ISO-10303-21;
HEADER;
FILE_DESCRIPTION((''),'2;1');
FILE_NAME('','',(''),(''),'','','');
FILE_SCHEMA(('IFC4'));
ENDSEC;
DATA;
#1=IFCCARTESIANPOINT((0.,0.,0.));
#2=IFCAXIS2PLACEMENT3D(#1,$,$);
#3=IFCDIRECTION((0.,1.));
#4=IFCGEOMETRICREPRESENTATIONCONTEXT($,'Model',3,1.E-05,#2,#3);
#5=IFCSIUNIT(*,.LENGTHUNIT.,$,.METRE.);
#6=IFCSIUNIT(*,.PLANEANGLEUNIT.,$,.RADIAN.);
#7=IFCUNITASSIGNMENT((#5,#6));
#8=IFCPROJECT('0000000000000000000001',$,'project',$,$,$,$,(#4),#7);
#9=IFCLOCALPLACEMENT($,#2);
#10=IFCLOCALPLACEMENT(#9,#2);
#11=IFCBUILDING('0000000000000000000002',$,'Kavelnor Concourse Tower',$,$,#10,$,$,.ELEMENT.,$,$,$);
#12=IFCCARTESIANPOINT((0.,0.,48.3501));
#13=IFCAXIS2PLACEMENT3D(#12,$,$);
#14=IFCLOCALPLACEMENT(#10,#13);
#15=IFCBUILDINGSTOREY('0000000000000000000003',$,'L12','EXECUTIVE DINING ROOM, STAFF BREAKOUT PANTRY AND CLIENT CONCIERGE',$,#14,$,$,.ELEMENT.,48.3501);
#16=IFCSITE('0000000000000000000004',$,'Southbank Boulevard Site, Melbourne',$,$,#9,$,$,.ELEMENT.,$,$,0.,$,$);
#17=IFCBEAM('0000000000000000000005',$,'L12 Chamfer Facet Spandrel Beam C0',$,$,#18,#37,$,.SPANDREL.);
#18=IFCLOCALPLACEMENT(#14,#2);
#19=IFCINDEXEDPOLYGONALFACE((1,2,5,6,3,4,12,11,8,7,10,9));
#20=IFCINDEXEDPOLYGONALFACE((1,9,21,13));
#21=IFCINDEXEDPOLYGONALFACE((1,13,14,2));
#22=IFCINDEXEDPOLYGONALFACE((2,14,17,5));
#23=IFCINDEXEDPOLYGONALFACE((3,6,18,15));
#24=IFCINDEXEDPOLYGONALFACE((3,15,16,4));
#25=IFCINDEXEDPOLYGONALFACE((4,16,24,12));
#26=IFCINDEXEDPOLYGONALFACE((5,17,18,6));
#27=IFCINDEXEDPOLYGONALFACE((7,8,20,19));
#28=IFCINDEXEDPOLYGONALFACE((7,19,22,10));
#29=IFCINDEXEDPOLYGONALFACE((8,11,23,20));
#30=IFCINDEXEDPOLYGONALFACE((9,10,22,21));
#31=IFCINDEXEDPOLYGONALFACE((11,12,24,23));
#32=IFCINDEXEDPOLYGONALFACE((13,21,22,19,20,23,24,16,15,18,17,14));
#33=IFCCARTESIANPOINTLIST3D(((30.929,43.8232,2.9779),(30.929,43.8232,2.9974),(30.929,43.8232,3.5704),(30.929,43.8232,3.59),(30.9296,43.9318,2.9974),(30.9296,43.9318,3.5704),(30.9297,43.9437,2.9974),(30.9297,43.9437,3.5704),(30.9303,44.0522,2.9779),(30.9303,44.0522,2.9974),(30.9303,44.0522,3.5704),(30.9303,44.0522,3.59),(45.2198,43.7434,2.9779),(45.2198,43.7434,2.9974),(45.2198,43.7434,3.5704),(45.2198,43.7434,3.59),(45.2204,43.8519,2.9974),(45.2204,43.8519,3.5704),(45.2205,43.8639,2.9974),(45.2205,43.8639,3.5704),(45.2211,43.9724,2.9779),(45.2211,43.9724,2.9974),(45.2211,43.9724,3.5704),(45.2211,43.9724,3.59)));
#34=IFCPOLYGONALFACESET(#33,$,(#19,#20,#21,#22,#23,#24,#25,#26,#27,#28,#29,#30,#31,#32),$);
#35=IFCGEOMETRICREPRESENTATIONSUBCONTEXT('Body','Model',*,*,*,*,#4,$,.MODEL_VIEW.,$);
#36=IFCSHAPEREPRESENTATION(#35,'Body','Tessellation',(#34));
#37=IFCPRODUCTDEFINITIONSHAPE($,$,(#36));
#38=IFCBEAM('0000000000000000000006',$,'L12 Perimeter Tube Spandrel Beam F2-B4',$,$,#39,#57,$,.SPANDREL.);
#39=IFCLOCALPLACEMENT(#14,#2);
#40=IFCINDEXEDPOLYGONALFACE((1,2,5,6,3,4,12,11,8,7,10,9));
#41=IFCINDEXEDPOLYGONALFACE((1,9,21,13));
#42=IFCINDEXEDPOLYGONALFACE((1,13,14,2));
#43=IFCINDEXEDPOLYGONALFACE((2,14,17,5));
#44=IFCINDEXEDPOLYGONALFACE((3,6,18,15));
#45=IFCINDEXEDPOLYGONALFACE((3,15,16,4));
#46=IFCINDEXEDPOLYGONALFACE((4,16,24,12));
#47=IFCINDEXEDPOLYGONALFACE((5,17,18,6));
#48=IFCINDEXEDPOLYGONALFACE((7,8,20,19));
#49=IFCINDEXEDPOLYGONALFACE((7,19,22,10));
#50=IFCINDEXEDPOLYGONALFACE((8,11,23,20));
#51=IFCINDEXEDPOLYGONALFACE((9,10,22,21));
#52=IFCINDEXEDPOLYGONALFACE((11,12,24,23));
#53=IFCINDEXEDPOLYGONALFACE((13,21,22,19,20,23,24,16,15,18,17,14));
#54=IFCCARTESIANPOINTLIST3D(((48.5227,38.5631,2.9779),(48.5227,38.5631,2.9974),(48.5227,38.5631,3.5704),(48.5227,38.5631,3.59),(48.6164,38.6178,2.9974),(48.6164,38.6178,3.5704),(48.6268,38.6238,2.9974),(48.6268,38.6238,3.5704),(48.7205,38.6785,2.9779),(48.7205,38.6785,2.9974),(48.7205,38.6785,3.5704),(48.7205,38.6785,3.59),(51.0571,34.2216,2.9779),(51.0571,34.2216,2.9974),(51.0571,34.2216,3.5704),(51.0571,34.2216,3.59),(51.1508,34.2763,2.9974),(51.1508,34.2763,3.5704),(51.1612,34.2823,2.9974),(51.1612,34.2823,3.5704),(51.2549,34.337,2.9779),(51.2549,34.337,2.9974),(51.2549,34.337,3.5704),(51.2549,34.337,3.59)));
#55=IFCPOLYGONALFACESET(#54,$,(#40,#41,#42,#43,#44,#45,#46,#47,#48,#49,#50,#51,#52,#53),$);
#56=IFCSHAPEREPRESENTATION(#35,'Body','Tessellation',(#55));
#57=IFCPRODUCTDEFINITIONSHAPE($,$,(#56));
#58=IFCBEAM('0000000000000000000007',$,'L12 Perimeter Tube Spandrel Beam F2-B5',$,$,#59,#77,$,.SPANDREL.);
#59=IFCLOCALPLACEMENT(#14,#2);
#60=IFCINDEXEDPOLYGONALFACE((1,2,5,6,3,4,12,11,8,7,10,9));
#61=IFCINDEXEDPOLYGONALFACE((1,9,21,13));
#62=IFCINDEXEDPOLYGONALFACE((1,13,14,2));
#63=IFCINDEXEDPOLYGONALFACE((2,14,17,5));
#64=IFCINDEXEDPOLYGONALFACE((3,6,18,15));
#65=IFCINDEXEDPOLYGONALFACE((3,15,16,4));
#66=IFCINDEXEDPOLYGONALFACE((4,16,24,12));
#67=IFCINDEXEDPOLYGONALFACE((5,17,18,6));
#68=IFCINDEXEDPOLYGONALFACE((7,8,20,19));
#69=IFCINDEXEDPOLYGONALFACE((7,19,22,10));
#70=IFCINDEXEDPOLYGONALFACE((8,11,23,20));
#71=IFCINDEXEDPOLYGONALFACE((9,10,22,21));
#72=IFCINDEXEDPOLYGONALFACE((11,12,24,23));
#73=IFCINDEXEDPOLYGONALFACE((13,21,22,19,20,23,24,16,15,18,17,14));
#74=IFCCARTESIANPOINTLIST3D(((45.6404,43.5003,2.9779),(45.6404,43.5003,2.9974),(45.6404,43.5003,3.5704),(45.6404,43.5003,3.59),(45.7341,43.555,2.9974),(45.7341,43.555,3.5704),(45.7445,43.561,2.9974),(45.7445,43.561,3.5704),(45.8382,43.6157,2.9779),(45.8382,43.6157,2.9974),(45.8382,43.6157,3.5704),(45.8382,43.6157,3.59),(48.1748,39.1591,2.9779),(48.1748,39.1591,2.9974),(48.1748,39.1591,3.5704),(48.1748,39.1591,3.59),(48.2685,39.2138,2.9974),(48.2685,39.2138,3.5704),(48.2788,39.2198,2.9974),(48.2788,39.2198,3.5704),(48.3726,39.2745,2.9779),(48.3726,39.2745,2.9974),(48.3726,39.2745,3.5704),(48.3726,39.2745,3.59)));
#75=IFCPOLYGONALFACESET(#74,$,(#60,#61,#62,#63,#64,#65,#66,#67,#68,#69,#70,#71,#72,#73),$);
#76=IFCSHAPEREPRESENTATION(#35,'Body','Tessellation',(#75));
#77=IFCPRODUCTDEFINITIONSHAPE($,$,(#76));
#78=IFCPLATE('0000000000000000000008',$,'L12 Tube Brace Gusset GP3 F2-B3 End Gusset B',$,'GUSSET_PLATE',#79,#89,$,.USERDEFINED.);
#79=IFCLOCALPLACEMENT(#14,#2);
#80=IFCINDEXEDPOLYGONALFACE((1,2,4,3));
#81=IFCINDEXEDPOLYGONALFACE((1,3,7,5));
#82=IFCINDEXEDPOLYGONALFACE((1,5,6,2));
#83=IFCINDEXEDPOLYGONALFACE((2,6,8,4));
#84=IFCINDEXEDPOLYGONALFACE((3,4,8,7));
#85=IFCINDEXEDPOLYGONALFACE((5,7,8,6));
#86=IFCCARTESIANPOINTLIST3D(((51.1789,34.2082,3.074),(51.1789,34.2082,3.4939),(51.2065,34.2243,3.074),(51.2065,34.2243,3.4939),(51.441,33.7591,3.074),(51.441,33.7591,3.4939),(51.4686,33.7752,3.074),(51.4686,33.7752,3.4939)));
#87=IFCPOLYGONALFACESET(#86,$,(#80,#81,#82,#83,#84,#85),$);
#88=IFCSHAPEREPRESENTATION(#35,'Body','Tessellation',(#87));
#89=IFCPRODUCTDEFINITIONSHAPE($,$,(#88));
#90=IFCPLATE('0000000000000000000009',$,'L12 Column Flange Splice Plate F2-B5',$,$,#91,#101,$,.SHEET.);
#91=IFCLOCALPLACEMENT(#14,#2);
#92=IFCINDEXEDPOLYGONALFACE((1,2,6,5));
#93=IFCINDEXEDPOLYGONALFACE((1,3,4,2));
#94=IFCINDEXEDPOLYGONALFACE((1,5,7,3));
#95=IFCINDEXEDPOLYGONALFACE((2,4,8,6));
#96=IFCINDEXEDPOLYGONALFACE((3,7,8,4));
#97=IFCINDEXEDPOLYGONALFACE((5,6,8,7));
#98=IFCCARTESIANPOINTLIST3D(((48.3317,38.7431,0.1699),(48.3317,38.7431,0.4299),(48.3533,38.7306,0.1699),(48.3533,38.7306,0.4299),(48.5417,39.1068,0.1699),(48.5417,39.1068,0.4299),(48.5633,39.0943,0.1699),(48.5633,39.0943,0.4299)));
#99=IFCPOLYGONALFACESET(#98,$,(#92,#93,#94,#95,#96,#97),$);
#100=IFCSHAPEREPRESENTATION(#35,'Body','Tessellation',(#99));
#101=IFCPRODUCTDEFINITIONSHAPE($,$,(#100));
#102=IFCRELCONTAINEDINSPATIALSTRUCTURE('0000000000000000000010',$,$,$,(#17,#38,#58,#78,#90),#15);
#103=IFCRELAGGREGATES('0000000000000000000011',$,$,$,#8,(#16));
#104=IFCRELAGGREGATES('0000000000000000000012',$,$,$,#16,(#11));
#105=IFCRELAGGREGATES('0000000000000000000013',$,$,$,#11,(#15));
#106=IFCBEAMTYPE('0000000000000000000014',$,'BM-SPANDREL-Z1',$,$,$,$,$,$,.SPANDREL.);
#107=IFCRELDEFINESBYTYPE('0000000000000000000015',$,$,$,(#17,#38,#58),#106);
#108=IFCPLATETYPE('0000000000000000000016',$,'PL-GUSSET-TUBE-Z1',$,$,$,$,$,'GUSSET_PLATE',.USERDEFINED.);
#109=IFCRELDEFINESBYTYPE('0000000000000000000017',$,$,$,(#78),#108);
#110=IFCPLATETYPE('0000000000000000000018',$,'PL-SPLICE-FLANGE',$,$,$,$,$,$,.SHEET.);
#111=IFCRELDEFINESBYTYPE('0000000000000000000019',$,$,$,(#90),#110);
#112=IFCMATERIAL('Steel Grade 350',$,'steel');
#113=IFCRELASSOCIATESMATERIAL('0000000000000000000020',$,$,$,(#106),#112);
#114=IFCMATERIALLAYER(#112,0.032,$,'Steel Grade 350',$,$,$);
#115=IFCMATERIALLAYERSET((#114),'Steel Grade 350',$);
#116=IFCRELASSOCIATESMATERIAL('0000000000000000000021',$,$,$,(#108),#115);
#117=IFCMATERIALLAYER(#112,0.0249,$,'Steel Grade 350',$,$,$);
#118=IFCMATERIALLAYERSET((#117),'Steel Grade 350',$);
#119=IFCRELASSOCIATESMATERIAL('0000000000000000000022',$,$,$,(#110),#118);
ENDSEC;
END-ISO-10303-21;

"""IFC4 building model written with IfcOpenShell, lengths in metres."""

from ifc_helpers import new_model, si_unit, direction, frame, origin, origin_2d, place, context, subcontext, project, spatial, rectangle, i_section, extrude, material, layer, layer_set, material_profile, profile_set, type_object, element, save


model = new_model("IFC4")

# Units and contexts
model_context = context("Model", 3, precision=1e-05, world=origin(), true_north=direction((0.0, 1.0)))
body_context = subcontext(model_context, "Body", "Model", "MODEL_VIEW")
ifc_project = project(units=[si_unit("LENGTHUNIT", "METRE"), si_unit("PLANEANGLEUNIT", "RADIAN")], contexts=[model_context])

# Site, building, storey
site_placement = place(None, origin())
site = spatial("IfcSite", under=ifc_project, at=site_placement, Name="Southbank Boulevard Site, Melbourne", CompositionType="ELEMENT", RefElevation=0.0)
building_placement = place(site_placement, origin())
building = spatial("IfcBuilding", under=site, at=building_placement, Name="Kavelnor Concourse Tower", CompositionType="ELEMENT")
storey_placement = place(building_placement, frame((0.0, 0.0, 48.3501)))
storey = spatial("IfcBuildingStorey", under=building, at=storey_placement, Name="L12", Description="EXECUTIVE DINING ROOM, STAFF BREAKOUT PANTRY AND CLIENT CONCIERGE", CompositionType="ELEMENT", Elevation=48.3501)

# Shared definitions
ifc_material_1 = material(Name="Steel Grade 350", Category="steel")

# Beams
ifc_material_profile_1 = material_profile(ifc_material_1, i_section(OverallWidth=0.229, OverallDepth=0.6121, WebThickness=0.012, FlangeThickness=0.0195, at=origin_2d()), Name="610UB125")
ifc_profile_set_1 = profile_set([ifc_material_profile_1], Name="Steel Grade 350")
beam_type_1 = type_object("IfcBeamType", Name="BM-SPANDREL-Z1", PredefinedType="SPANDREL", material=ifc_profile_set_1)
beam_1_placement = place(storey_placement, frame((45.2205, 43.8579, 3.2839), z_axis=(-0.999984, 0.005586, 0.0), x_axis=(-0.005586, -0.999984, 0.0)))
element("IfcBeam", 1, at=beam_1_placement, inside=storey, type_object=beam_type_1, Name="L12 Chamfer Facet Spandrel Beam C0", PredefinedType="SPANDREL", context=body_context, shape_type="SweptSolid", body=[
    extrude(i_section(OverallWidth=0.229, OverallDepth=0.6121, WebThickness=0.012, FlangeThickness=0.0195, at=origin_2d()), origin(), (0.0, 0.0, 1.0), 14.291),
])
beam_2_placement = place(storey_placement, frame((51.156, 34.2793, 3.2839), z_axis=(-0.504146, 0.863619, 0.0), x_axis=(-0.863619, -0.504146, 0.0)))
element("IfcBeam", 2, at=beam_2_placement, inside=storey, type_object=beam_type_1, Name="L12 Perimeter Tube Spandrel Beam F2-B4", PredefinedType="SPANDREL", context=body_context, shape_type="SweptSolid", body=[
    extrude(i_section(OverallWidth=0.229, OverallDepth=0.6121, WebThickness=0.012, FlangeThickness=0.0195, at=origin_2d()), origin(), (0.0, 0.0, 1.0), 5.0271),
])
beam_3_placement = place(storey_placement, frame((48.2737, 39.2168, 3.2839), z_axis=(-0.504167, 0.863606, 0.0), x_axis=(-0.863606, -0.504167, 0.0)))
element("IfcBeam", 3, at=beam_3_placement, inside=storey, type_object=beam_type_1, Name="L12 Perimeter Tube Spandrel Beam F2-B5", PredefinedType="SPANDREL", context=body_context, shape_type="SweptSolid", body=[
    extrude(i_section(OverallWidth=0.229, OverallDepth=0.6121, WebThickness=0.012, FlangeThickness=0.0195, at=origin_2d()), origin(), (0.0, 0.0, 1.0), 5.0269),
])

# Plates
ifc_layer_1 = layer(ifc_material_1, 0.032, Name="Steel Grade 350")
ifc_layer_set_1 = layer_set([ifc_layer_1], Name="Steel Grade 350")
plate_type_1 = type_object("IfcPlateType", Name="PL-GUSSET-TUBE-Z1", ElementType="GUSSET_PLATE", PredefinedType="USERDEFINED", material=ifc_layer_set_1)
plate_1_placement = place(storey_placement, frame((51.3237, 33.9917, 3.074), z_axis=(0.0, 0.0, 1.0), x_axis=(-0.504075, 0.86366, 0.0)))
element("IfcPlate", 4, at=plate_1_placement, inside=storey, type_object=plate_type_1, Name="L12 Tube Brace Gusset GP3 F2-B3 End Gusset B", ObjectType="GUSSET_PLATE", PredefinedType="USERDEFINED", context=body_context, shape_type="SweptSolid", body=[
    extrude(rectangle(XDim=0.52, YDim=0.032, at=origin_2d()), origin(), (0.0, 0.0, 1.0), 0.4199),
])
ifc_layer_2 = layer(ifc_material_1, 0.0249, Name="Steel Grade 350")
ifc_layer_set_2 = layer_set([ifc_layer_2], Name="Steel Grade 350")
plate_type_2 = type_object("IfcPlateType", Name="PL-SPLICE-FLANGE", PredefinedType="SHEET", material=ifc_layer_set_2)
plate_2_placement = place(storey_placement, frame((48.4475, 38.9187, 0.1699), z_axis=(0.0, 0.0, 1.0), x_axis=(-0.5, -0.866025, 0.0)))
element("IfcPlate", 5, at=plate_2_placement, inside=storey, type_object=plate_type_2, Name="L12 Column Flange Splice Plate F2-B5", PredefinedType="SHEET", context=body_context, shape_type="SweptSolid", body=[
    extrude(rectangle(XDim=0.4199, YDim=0.0249, at=origin_2d()), origin(), (0.0, 0.0, 1.0), 0.26),
])

save(model, "model.ifc")
